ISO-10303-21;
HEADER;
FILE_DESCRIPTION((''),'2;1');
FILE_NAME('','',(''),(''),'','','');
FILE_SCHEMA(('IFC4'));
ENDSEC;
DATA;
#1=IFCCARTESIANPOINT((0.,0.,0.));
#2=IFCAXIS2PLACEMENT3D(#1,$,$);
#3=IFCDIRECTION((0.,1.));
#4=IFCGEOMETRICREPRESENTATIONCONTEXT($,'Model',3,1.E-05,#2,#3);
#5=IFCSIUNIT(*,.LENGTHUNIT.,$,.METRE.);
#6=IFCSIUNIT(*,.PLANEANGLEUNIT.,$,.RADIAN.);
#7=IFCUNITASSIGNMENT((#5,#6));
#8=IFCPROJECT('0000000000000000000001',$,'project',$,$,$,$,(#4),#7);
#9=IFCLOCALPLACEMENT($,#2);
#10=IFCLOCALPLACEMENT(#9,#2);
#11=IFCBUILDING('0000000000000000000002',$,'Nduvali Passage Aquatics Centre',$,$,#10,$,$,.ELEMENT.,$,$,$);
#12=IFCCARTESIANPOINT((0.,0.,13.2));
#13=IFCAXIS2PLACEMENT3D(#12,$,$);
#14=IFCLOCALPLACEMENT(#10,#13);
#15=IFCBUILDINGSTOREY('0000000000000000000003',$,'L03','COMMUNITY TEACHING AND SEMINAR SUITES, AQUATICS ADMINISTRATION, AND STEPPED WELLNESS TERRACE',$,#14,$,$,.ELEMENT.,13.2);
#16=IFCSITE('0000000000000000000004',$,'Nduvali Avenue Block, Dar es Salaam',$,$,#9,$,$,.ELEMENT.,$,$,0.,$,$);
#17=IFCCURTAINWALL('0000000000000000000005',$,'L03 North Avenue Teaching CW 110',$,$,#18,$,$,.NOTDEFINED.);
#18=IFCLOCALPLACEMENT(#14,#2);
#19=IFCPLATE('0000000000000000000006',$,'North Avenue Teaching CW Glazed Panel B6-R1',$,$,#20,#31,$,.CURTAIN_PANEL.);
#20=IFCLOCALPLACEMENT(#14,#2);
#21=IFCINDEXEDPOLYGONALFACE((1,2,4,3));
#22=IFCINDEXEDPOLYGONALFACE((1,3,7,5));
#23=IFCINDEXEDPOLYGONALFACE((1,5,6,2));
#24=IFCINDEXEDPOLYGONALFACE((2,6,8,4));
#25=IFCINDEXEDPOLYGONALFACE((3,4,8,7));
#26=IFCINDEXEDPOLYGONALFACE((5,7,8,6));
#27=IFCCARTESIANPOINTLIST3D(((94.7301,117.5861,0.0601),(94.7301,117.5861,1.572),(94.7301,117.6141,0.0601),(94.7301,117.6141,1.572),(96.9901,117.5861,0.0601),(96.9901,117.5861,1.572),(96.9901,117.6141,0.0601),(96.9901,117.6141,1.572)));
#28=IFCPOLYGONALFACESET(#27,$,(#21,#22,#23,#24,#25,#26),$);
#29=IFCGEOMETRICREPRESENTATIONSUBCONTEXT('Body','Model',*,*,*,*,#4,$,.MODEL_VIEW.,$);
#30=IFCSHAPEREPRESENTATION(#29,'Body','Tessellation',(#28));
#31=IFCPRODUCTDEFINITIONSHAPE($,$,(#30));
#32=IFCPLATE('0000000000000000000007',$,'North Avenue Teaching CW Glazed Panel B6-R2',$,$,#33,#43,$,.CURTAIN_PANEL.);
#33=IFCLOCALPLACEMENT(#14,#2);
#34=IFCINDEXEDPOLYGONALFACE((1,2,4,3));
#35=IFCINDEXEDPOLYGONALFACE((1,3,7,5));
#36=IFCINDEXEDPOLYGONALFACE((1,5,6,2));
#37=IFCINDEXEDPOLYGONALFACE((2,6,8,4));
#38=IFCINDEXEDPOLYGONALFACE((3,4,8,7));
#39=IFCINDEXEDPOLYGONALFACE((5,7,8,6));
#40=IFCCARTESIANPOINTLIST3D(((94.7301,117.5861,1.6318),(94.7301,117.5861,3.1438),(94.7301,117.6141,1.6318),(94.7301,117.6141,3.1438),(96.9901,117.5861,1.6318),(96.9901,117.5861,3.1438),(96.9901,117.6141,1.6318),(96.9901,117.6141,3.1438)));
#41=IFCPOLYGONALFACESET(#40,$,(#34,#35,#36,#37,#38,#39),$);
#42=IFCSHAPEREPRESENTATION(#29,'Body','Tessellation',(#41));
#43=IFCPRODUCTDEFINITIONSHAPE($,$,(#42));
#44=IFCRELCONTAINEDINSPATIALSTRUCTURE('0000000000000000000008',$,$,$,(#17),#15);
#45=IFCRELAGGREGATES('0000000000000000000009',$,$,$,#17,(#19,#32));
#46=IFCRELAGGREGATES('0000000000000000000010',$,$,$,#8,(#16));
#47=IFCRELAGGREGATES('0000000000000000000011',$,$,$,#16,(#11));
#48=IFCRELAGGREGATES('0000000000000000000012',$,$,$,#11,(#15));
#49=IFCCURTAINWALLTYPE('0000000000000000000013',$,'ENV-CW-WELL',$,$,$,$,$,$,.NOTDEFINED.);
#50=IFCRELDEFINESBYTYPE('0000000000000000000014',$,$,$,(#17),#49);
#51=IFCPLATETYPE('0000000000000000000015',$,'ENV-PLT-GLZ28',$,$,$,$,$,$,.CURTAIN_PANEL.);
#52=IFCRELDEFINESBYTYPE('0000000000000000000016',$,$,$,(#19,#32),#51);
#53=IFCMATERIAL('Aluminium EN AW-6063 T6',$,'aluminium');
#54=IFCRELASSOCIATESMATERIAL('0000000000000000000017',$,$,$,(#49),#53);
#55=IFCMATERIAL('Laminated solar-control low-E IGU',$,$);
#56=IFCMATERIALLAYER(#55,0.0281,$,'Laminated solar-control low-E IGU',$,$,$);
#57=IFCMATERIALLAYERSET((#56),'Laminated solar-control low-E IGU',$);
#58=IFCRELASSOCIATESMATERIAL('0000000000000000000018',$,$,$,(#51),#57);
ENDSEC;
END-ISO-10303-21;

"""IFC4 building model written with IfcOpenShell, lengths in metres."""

from ifc_helpers import new_model, si_unit, direction, frame, origin, origin_2d, place, context, subcontext, project, spatial, rectangle, extrude, material, layer, layer_set, type_object, element, aggregate, save


model = new_model("IFC4")

# Units and contexts
model_context = context("Model", 3, precision=1e-05, world=origin(), true_north=direction((0.0, 1.0)))
body_context = subcontext(model_context, "Body", "Model", "MODEL_VIEW")
ifc_project = project(units=[si_unit("LENGTHUNIT", "METRE"), si_unit("PLANEANGLEUNIT", "RADIAN")], contexts=[model_context])

# Site, building, storey
site_placement = place(None, origin())
site = spatial("IfcSite", under=ifc_project, at=site_placement, Name="Nduvali Avenue Block, Dar es Salaam", CompositionType="ELEMENT", RefElevation=0.0)
building_placement = place(site_placement, origin())
building = spatial("IfcBuilding", under=site, at=building_placement, Name="Nduvali Passage Aquatics Centre", CompositionType="ELEMENT")
storey_placement = place(building_placement, frame((0.0, 0.0, 13.2)))
storey = spatial("IfcBuildingStorey", under=building, at=storey_placement, Name="L03", Description="COMMUNITY TEACHING AND SEMINAR SUITES, AQUATICS ADMINISTRATION, AND STEPPED WELLNESS TERRACE", CompositionType="ELEMENT", Elevation=13.2)

# Curtain wall
ifc_material_1 = material(Name="Aluminium EN AW-6063 T6", Category="aluminium")
curtain_wall_type = type_object("IfcCurtainWallType", Name="ENV-CW-WELL", PredefinedType="NOTDEFINED", material=ifc_material_1)
curtain_wall_1_placement = place(storey_placement, origin())
curtain_wall_1 = element("IfcCurtainWall", 1, at=curtain_wall_1_placement, inside=storey, type_object=curtain_wall_type, Name="L03 North Avenue Teaching CW 110", PredefinedType="NOTDEFINED")

# Plates
ifc_material_2 = material(Name="Laminated solar-control low-E IGU")
ifc_layer = layer(ifc_material_2, 0.0281, Name="Laminated solar-control low-E IGU")
ifc_layer_set = layer_set([ifc_layer], Name="Laminated solar-control low-E IGU")
plate_type = type_object("IfcPlateType", Name="ENV-PLT-GLZ28", PredefinedType="CURTAIN_PANEL", material=ifc_layer_set)
plate_1_placement = place(storey_placement, frame((95.8601, 117.6001, 0.0601), z_axis=(0.0, 0.0, 1.0), x_axis=(1.0, 0.0, 0.0)))
plate_1 = element("IfcPlate", 2, at=plate_1_placement, type_object=plate_type, Name="North Avenue Teaching CW Glazed Panel B6-R1", PredefinedType="CURTAIN_PANEL", context=body_context, shape_type="SweptSolid", body=[
    extrude(rectangle(XDim=2.26, YDim=0.0281, at=origin_2d()), origin(), (0.0, 0.0, 1.0), 1.512),
])
plate_2_placement = place(storey_placement, frame((95.8601, 117.6001, 1.6318), z_axis=(0.0, 0.0, 1.0), x_axis=(1.0, 0.0, 0.0)))
plate_2 = element("IfcPlate", 3, at=plate_2_placement, type_object=plate_type, Name="North Avenue Teaching CW Glazed Panel B6-R2", PredefinedType="CURTAIN_PANEL", context=body_context, shape_type="SweptSolid", body=[
    extrude(rectangle(XDim=2.26, YDim=0.0281, at=origin_2d()), origin(), (0.0, 0.0, 1.0), 1.512),
])
aggregate(curtain_wall_1, [plate_1, plate_2])

save(model, "model.ifc")
